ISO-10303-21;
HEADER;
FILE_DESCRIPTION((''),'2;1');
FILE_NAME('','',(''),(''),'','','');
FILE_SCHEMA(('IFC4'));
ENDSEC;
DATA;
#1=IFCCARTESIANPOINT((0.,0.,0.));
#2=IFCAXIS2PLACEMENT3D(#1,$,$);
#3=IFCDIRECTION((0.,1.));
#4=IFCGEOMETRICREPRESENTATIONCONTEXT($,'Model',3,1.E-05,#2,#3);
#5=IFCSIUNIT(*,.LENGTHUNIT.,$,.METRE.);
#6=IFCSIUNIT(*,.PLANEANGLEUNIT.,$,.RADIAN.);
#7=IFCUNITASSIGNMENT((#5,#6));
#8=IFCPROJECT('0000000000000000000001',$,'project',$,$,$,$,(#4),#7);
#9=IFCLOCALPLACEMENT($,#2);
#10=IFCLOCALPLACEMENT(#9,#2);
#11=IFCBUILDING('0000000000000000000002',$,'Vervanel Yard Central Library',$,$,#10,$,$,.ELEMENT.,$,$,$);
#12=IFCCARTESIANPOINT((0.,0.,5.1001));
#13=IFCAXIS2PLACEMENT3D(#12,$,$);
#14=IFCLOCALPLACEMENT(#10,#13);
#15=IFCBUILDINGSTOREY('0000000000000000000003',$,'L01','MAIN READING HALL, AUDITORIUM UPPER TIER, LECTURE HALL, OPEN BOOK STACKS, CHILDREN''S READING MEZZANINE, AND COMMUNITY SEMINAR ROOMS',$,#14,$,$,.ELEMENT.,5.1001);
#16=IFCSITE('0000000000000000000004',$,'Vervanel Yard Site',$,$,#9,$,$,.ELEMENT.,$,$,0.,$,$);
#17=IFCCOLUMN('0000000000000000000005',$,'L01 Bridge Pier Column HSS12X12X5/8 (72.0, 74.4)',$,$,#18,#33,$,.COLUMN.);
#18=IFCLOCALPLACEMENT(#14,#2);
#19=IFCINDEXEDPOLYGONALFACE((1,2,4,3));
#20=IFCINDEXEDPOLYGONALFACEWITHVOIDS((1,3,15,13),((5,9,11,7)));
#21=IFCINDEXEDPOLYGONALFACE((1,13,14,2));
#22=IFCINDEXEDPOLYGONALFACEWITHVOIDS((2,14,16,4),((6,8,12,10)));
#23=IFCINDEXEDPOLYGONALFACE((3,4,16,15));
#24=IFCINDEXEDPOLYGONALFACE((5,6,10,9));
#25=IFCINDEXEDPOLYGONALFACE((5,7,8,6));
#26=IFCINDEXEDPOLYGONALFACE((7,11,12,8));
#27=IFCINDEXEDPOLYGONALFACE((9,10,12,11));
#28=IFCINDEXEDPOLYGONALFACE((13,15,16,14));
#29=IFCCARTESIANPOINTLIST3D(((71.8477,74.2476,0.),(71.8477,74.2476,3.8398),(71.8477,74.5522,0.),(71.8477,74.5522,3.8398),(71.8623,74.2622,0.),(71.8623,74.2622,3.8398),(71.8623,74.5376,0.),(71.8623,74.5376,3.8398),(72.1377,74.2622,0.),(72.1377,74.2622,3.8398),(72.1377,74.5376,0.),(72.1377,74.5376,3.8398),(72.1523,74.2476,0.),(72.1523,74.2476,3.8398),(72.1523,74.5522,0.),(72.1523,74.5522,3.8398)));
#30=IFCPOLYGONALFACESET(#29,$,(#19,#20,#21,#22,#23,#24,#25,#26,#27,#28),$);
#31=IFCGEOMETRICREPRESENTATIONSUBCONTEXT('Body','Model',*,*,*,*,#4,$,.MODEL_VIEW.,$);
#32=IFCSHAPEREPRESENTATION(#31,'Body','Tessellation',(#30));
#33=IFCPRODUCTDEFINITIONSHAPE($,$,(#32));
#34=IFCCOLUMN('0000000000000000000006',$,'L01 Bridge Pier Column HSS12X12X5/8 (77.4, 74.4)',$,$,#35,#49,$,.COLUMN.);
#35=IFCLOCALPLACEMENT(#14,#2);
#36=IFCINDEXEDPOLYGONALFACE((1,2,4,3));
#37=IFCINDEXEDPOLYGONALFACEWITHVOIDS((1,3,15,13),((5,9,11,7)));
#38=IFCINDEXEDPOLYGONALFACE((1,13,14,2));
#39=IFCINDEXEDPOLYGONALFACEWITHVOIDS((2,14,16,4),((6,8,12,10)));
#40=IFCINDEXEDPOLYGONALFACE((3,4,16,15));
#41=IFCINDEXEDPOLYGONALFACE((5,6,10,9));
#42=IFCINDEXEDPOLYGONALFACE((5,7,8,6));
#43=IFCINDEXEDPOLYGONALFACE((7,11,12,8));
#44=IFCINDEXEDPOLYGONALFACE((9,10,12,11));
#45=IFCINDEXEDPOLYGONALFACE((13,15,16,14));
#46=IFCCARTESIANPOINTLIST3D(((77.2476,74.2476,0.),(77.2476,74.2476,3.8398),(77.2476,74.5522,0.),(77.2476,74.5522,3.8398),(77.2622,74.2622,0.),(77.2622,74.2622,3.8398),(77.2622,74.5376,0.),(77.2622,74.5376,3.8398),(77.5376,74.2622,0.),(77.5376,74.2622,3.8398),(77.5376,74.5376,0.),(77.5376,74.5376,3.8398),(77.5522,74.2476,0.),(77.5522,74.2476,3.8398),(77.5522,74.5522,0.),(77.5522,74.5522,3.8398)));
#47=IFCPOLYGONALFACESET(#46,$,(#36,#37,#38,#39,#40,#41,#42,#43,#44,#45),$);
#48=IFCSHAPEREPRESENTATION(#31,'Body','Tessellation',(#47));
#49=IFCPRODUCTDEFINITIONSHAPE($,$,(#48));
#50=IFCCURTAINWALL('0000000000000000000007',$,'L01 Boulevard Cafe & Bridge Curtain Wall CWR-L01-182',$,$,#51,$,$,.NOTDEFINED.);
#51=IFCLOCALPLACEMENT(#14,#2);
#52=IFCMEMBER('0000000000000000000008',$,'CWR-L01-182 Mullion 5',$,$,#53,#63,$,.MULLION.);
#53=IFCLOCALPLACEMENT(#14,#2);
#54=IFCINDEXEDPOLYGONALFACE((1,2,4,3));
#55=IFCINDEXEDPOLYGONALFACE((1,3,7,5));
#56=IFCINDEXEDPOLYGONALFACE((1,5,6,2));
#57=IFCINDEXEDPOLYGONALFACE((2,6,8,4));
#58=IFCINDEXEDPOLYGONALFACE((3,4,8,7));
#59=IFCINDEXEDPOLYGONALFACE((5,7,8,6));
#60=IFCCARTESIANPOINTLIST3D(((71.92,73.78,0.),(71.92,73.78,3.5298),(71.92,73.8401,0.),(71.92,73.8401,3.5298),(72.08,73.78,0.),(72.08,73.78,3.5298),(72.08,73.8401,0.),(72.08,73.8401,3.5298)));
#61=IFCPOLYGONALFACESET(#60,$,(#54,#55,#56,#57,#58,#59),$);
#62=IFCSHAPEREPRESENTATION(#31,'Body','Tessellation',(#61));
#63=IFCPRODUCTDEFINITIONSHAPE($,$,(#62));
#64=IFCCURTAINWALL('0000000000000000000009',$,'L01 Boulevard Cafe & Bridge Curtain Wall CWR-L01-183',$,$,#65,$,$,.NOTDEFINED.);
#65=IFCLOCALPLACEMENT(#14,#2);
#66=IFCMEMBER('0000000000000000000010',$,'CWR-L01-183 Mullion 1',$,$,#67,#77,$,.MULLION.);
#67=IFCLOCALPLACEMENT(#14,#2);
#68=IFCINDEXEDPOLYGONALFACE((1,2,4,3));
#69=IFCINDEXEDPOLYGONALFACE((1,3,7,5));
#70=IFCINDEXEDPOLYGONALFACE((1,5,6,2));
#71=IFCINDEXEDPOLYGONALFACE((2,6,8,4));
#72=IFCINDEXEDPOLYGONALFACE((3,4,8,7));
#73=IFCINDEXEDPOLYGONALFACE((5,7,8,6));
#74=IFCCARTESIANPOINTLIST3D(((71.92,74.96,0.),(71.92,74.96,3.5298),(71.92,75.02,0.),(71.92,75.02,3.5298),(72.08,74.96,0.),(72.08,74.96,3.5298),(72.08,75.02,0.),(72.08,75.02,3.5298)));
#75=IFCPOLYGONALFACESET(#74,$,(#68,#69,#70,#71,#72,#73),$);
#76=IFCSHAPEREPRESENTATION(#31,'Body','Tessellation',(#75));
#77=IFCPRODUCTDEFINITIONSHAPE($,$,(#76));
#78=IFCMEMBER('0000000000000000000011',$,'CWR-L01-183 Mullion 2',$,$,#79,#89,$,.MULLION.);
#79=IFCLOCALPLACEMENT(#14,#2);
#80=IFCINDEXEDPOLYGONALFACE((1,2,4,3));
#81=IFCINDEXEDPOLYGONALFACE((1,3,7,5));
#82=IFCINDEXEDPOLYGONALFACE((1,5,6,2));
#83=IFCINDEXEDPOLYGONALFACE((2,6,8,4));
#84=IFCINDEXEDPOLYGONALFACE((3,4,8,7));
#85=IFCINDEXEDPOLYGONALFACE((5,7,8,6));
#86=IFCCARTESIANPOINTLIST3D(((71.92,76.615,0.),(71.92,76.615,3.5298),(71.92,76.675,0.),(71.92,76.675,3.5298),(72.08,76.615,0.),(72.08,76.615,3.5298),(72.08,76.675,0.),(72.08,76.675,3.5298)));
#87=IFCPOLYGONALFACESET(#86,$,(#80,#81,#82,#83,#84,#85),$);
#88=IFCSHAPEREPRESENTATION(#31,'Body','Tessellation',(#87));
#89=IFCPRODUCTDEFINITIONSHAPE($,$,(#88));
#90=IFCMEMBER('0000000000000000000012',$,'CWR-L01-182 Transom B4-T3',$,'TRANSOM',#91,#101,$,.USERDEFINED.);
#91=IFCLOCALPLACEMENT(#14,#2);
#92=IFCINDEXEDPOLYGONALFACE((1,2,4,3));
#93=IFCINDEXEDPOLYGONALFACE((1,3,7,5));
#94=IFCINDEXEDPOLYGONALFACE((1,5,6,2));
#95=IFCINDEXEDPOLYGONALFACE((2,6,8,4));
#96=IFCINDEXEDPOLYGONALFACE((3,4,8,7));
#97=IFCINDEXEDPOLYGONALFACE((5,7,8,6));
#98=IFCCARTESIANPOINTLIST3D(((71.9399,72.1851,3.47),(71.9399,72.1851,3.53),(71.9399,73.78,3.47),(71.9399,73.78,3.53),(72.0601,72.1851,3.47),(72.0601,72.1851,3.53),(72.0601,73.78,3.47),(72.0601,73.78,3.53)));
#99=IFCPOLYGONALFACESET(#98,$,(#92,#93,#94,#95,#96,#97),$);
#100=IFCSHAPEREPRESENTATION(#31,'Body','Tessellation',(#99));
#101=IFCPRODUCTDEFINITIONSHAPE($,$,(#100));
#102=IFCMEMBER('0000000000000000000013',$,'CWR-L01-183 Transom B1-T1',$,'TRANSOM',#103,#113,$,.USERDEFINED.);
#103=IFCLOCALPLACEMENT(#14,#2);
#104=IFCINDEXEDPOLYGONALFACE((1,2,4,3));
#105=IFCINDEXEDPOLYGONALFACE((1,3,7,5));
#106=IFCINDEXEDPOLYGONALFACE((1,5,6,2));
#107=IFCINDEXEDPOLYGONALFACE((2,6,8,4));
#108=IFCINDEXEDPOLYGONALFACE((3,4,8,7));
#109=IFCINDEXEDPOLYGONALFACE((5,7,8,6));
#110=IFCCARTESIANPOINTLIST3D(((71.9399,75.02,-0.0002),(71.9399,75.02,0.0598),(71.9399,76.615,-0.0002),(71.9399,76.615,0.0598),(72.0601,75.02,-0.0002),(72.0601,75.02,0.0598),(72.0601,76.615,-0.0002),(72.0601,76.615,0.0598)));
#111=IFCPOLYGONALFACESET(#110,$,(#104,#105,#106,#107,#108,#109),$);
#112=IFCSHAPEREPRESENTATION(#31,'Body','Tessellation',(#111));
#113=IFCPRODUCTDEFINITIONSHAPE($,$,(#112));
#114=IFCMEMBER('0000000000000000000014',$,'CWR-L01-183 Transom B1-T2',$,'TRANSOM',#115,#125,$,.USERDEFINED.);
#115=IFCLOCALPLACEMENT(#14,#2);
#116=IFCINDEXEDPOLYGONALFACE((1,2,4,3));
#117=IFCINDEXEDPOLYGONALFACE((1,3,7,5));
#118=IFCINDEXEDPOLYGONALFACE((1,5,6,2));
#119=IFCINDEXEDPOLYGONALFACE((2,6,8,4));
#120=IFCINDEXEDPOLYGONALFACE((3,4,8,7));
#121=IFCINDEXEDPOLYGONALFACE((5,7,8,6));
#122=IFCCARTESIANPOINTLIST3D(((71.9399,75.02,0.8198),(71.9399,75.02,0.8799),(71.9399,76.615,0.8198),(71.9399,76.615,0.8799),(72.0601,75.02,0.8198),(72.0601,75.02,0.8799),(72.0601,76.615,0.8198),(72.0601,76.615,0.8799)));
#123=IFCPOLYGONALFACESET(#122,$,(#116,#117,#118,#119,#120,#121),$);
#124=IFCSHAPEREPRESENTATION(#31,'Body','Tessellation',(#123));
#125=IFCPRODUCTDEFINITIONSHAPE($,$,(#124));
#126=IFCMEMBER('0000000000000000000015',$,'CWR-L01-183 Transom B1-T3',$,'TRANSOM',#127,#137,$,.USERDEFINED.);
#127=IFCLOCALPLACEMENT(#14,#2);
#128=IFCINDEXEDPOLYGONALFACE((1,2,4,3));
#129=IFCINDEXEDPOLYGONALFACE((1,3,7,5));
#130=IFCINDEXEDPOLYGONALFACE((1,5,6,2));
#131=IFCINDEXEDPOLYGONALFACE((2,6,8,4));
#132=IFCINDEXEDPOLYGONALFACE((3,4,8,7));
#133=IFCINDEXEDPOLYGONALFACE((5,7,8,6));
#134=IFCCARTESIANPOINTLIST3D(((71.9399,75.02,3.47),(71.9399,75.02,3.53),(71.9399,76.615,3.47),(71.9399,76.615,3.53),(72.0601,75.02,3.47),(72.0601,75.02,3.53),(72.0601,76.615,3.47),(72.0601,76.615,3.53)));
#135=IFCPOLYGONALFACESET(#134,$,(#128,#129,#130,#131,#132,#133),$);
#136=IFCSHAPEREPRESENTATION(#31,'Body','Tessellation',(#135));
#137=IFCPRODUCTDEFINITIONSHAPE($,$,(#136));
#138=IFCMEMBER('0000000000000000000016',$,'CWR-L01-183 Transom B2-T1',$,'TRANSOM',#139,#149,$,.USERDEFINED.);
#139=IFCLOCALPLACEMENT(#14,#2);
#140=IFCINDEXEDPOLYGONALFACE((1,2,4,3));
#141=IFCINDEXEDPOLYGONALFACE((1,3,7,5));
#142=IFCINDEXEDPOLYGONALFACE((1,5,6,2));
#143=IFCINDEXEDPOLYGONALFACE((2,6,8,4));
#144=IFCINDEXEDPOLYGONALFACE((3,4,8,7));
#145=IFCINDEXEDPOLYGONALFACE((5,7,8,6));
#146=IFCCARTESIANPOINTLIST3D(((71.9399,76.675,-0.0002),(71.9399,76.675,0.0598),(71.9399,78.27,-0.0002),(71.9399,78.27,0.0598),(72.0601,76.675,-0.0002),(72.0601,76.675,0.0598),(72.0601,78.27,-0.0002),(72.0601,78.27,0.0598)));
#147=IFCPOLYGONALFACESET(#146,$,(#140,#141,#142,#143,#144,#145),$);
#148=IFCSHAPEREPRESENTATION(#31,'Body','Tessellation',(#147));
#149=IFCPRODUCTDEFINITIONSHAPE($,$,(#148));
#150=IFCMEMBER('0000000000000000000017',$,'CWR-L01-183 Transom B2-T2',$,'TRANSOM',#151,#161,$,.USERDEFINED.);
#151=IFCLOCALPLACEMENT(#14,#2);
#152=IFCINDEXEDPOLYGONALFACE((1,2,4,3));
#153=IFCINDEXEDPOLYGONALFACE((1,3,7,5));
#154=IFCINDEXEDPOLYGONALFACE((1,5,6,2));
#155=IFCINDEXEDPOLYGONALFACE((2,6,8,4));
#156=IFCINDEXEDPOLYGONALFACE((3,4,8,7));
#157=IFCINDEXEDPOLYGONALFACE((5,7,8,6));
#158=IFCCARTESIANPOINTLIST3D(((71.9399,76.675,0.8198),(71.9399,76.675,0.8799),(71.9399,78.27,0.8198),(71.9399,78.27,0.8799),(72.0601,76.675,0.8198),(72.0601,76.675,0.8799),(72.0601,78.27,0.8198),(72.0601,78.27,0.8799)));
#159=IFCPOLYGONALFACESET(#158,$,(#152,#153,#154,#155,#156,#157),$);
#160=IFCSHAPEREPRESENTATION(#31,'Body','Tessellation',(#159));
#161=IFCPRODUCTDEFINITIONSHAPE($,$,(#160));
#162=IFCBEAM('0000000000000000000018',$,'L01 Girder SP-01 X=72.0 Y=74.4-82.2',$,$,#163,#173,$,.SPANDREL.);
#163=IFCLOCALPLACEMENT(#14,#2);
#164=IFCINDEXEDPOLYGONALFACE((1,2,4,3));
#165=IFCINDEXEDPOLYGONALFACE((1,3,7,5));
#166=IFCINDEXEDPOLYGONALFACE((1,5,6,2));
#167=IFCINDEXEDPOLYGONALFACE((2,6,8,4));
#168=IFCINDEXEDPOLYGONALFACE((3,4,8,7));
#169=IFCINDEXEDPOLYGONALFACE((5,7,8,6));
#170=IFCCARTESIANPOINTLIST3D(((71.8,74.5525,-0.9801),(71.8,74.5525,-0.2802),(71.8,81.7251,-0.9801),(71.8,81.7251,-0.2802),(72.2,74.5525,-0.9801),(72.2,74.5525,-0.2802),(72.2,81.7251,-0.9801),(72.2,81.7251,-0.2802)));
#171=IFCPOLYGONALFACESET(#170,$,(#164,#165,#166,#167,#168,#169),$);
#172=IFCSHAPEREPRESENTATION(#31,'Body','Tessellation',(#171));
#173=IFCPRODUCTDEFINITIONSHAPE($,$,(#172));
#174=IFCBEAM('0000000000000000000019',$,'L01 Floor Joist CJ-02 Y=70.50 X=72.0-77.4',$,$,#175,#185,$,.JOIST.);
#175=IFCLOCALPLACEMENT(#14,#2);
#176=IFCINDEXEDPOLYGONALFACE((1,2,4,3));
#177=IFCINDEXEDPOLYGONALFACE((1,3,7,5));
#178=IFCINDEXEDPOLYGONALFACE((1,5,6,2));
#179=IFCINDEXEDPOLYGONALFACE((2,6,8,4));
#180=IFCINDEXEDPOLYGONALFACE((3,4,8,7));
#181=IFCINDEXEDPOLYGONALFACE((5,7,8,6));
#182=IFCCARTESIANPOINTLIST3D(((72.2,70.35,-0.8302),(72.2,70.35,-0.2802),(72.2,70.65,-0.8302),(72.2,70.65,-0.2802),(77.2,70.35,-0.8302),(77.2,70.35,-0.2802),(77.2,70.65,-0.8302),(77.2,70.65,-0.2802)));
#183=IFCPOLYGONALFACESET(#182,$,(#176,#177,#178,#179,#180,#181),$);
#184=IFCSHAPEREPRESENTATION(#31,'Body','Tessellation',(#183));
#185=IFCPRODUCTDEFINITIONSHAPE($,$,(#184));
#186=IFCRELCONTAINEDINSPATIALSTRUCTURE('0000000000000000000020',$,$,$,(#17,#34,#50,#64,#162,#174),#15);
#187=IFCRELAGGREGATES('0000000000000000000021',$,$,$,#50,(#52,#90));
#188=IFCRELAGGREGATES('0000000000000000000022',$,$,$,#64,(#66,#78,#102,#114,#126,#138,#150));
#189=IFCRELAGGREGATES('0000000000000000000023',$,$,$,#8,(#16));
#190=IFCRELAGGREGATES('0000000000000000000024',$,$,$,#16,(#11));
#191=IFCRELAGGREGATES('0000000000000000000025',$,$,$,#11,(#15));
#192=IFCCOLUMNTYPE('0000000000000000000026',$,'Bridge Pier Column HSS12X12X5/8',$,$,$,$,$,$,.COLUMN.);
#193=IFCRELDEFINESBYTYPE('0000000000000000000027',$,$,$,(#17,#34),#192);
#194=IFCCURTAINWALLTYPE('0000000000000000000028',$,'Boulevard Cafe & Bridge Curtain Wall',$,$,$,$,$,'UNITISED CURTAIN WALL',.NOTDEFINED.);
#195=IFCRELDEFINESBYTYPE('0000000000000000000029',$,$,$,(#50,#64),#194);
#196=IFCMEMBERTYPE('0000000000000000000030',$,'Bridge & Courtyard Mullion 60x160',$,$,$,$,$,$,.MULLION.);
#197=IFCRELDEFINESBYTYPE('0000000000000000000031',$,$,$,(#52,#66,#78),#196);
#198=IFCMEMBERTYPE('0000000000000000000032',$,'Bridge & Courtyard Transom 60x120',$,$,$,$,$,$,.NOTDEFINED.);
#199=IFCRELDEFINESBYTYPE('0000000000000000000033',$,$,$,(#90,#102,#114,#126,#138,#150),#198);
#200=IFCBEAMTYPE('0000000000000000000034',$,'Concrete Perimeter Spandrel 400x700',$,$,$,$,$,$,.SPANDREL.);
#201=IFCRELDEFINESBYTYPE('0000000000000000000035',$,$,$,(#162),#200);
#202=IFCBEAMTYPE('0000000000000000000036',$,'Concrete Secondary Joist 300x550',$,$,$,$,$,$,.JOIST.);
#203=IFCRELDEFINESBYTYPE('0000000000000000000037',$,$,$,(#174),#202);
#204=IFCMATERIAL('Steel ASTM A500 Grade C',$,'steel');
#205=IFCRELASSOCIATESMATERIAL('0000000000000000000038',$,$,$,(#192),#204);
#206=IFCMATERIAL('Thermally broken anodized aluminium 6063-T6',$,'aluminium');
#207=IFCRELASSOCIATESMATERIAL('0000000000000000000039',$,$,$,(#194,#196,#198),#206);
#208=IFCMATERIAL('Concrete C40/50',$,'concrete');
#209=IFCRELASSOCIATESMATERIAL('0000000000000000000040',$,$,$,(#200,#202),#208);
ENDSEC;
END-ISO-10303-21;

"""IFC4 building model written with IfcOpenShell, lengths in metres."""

from ifc_helpers import new_model, si_unit, direction, frame, origin, origin_2d, place, context, subcontext, project, spatial, rectangle, hollow_rectangle, extrude, material, material_profile, profile_set, type_object, element, aggregate, save


model = new_model("IFC4")

# Units and contexts
model_context = context("Model", 3, precision=1e-05, world=origin(), true_north=direction((0.0, 1.0)))
body_context = subcontext(model_context, "Body", "Model", "MODEL_VIEW")
ifc_project = project(units=[si_unit("LENGTHUNIT", "METRE"), si_unit("PLANEANGLEUNIT", "RADIAN")], contexts=[model_context])

# Site, building, storey
site_placement = place(None, origin())
site = spatial("IfcSite", under=ifc_project, at=site_placement, Name="Vervanel Yard Site", CompositionType="ELEMENT", RefElevation=0.0)
building_placement = place(site_placement, origin())
building = spatial("IfcBuilding", under=site, at=building_placement, Name="Vervanel Yard Central Library", CompositionType="ELEMENT")
storey_placement = place(building_placement, frame((0.0, 0.0, 5.1001)))
storey = spatial("IfcBuildingStorey", under=building, at=storey_placement, Name="L01", Description="MAIN READING HALL, AUDITORIUM UPPER TIER, LECTURE HALL, OPEN BOOK STACKS, CHILDREN'S READING MEZZANINE, AND COMMUNITY SEMINAR ROOMS", CompositionType="ELEMENT", Elevation=5.1001)

# Columns
ifc_material_1 = material(Name="Steel ASTM A500 Grade C", Category="steel")
ifc_material_profile_1 = material_profile(ifc_material_1, hollow_rectangle(XDim=0.3047, YDim=0.3047, WallThickness=0.0146, at=origin_2d()), Name="HSS12X12X5/8", Category="steel")
ifc_profile_set_1 = profile_set([ifc_material_profile_1], Name="Steel ASTM A500 Grade C")
column_type = type_object("IfcColumnType", Name="Bridge Pier Column HSS12X12X5/8", PredefinedType="COLUMN", material=ifc_profile_set_1)
for number, where, z_axis, x_axis, name in (
    (1, (72.0, 74.3999, 0.0), (0.0, 0.0, 1.0), (1.0, 0.0, 0.0), "L01 Bridge Pier Column HSS12X12X5/8 (72.0, 74.4)"),
    (2, (77.3999, 74.3999, 0.0), (0.0, 0.0, 1.0), (1.0, 0.0, 0.0), "L01 Bridge Pier Column HSS12X12X5/8 (77.4, 74.4)"),
):
    element("IfcColumn", number, at=place(storey_placement, frame(where, z_axis=z_axis, x_axis=x_axis)), inside=storey, type_object=column_type, Name=name, PredefinedType="COLUMN", context=body_context, shape_type="SweptSolid", body=[
        extrude(hollow_rectangle(XDim=0.3047, YDim=0.3047, WallThickness=0.0146, at=origin_2d()), origin(), (0.0, 0.0, 1.0), 3.8398),
    ])

# Curtain wall, member
ifc_material_2 = material(Name="Thermally broken anodized aluminium 6063-T6", Category="aluminium")
curtain_wall_type = type_object("IfcCurtainWallType", Name="Boulevard Cafe & Bridge Curtain Wall", ElementType="UNITISED CURTAIN WALL", PredefinedType="NOTDEFINED", material=ifc_material_2)
curtain_wall_1_placement = place(storey_placement, origin())
curtain_wall_1 = element("IfcCurtainWall", 3, at=curtain_wall_1_placement, inside=storey, type_object=curtain_wall_type, Name="L01 Boulevard Cafe & Bridge Curtain Wall CWR-L01-182", PredefinedType="NOTDEFINED")
ifc_material_profile_2 = material_profile(ifc_material_2, rectangle(XDim=0.0601, YDim=0.1599, at=origin_2d()), Name="ALU 60x160", Category="aluminium")
ifc_profile_set_2 = profile_set([ifc_material_profile_2], Name="Thermally broken anodized aluminium 6063-T6")
member_type_1 = type_object("IfcMemberType", Name="Bridge & Courtyard Mullion 60x160", PredefinedType="MULLION", material=ifc_profile_set_2)
member_1_placement = place(storey_placement, frame((72.0, 73.8101, 0.0), z_axis=(0.0, 0.0, 1.0), x_axis=(0.0, 1.0, 0.0)))
member_1 = element("IfcMember", 4, at=member_1_placement, type_object=member_type_1, Name="CWR-L01-182 Mullion 5", PredefinedType="MULLION", context=body_context, shape_type="SweptSolid", body=[
    extrude(rectangle(XDim=0.0601, YDim=0.1599, at=origin_2d()), origin(), (0.0, 0.0, 1.0), 3.5298),
])

# Curtain wall, members
curtain_wall_2_placement = place(storey_placement, origin())
curtain_wall_2 = element("IfcCurtainWall", 5, at=curtain_wall_2_placement, inside=storey, type_object=curtain_wall_type, Name="L01 Boulevard Cafe & Bridge Curtain Wall CWR-L01-183", PredefinedType="NOTDEFINED")
member_2_placement = place(storey_placement, frame((72.0, 74.99, 0.0), z_axis=(0.0, 0.0, 1.0), x_axis=(0.0, 1.0, 0.0)))
member_2 = element("IfcMember", 6, at=member_2_placement, type_object=member_type_1, Name="CWR-L01-183 Mullion 1", PredefinedType="MULLION", context=body_context, shape_type="SweptSolid", body=[
    extrude(rectangle(XDim=0.0601, YDim=0.1599, at=origin_2d()), origin(), (0.0, 0.0, 1.0), 3.5298),
])
member_3_placement = place(storey_placement, frame((72.0, 76.645, 0.0), z_axis=(0.0, 0.0, 1.0), x_axis=(0.0, 1.0, 0.0)))
member_3 = element("IfcMember", 7, at=member_3_placement, type_object=member_type_1, Name="CWR-L01-183 Mullion 2", PredefinedType="MULLION", context=body_context, shape_type="SweptSolid", body=[
    extrude(rectangle(XDim=0.0601, YDim=0.1599, at=origin_2d()), origin(), (0.0, 0.0, 1.0), 3.5298),
])

# Members
ifc_material_profile_3 = material_profile(ifc_material_2, rectangle(XDim=0.0601, YDim=0.1201, at=origin_2d()), Name="ALU 60x120", Category="aluminium")
ifc_profile_set_3 = profile_set([ifc_material_profile_3], Name="Thermally broken anodized aluminium 6063-T6")
member_type_2 = type_object("IfcMemberType", Name="Bridge & Courtyard Transom 60x120", PredefinedType="NOTDEFINED", material=ifc_profile_set_3)
member_4_placement = place(storey_placement, frame((72.0, 72.1851, 3.5), z_axis=(0.0, 1.0, 0.0), x_axis=(0.0, 0.0, 1.0)))
member_4 = element("IfcMember", 8, at=member_4_placement, type_object=member_type_2, Name="CWR-L01-182 Transom B4-T3", ObjectType="TRANSOM", PredefinedType="USERDEFINED", context=body_context, shape_type="SweptSolid", body=[
    extrude(rectangle(XDim=0.0601, YDim=0.1201, at=origin_2d()), origin(), (0.0, 0.0, 1.0), 1.595),
])
member_5_placement = place(storey_placement, frame((72.0, 75.02, 0.0298), z_axis=(0.0, 1.0, 0.0), x_axis=(0.0, 0.0, 1.0)))
member_5 = element("IfcMember", 9, at=member_5_placement, type_object=member_type_2, Name="CWR-L01-183 Transom B1-T1", ObjectType="TRANSOM", PredefinedType="USERDEFINED", context=body_context, shape_type="SweptSolid", body=[
    extrude(rectangle(XDim=0.0601, YDim=0.1201, at=origin_2d()), origin(), (0.0, 0.0, 1.0), 1.595),
])
member_6_placement = place(storey_placement, frame((72.0, 75.02, 0.8499), z_axis=(0.0, 1.0, 0.0), x_axis=(0.0, 0.0, 1.0)))
member_6 = element("IfcMember", 10, at=member_6_placement, type_object=member_type_2, Name="CWR-L01-183 Transom B1-T2", ObjectType="TRANSOM", PredefinedType="USERDEFINED", context=body_context, shape_type="SweptSolid", body=[
    extrude(rectangle(XDim=0.0601, YDim=0.1201, at=origin_2d()), origin(), (0.0, 0.0, 1.0), 1.595),
])
member_7_placement = place(storey_placement, frame((72.0, 75.02, 3.5), z_axis=(0.0, 1.0, 0.0), x_axis=(0.0, 0.0, 1.0)))
member_7 = element("IfcMember", 11, at=member_7_placement, type_object=member_type_2, Name="CWR-L01-183 Transom B1-T3", ObjectType="TRANSOM", PredefinedType="USERDEFINED", context=body_context, shape_type="SweptSolid", body=[
    extrude(rectangle(XDim=0.0601, YDim=0.1201, at=origin_2d()), origin(), (0.0, 0.0, 1.0), 1.595),
])
member_8_placement = place(storey_placement, frame((72.0, 76.675, 0.0298), z_axis=(0.0, 1.0, 0.0), x_axis=(0.0, 0.0, 1.0)))
member_8 = element("IfcMember", 12, at=member_8_placement, type_object=member_type_2, Name="CWR-L01-183 Transom B2-T1", ObjectType="TRANSOM", PredefinedType="USERDEFINED", context=body_context, shape_type="SweptSolid", body=[
    extrude(rectangle(XDim=0.0601, YDim=0.1201, at=origin_2d()), origin(), (0.0, 0.0, 1.0), 1.595),
])
member_9_placement = place(storey_placement, frame((72.0, 76.675, 0.8499), z_axis=(0.0, 1.0, 0.0), x_axis=(0.0, 0.0, 1.0)))
member_9 = element("IfcMember", 13, at=member_9_placement, type_object=member_type_2, Name="CWR-L01-183 Transom B2-T2", ObjectType="TRANSOM", PredefinedType="USERDEFINED", context=body_context, shape_type="SweptSolid", body=[
    extrude(rectangle(XDim=0.0601, YDim=0.1201, at=origin_2d()), origin(), (0.0, 0.0, 1.0), 1.595),
])

# Beams
ifc_material_3 = material(Name="Concrete C40/50", Category="concrete")
ifc_material_profile_4 = material_profile(ifc_material_3, rectangle(XDim=0.3999, YDim=0.7, at=origin_2d()), Name="RC 400x700", Category="concrete")
ifc_profile_set_4 = profile_set([ifc_material_profile_4], Name="Concrete C40/50")
beam_type_1 = type_object("IfcBeamType", Name="Concrete Perimeter Spandrel 400x700", PredefinedType="SPANDREL", material=ifc_profile_set_4)
beam_1_placement = place(storey_placement, frame((72.0, 74.5525, -0.6301), z_axis=(0.0, 1.0, 0.0), x_axis=(-1.0, 0.0, 0.0)))
element("IfcBeam", 14, at=beam_1_placement, inside=storey, type_object=beam_type_1, Name="L01 Girder SP-01 X=72.0 Y=74.4-82.2", PredefinedType="SPANDREL", context=body_context, shape_type="SweptSolid", body=[
    extrude(rectangle(XDim=0.3999, YDim=0.7, at=origin_2d()), origin(), (0.0, 0.0, 1.0), 7.1726),
])
ifc_material_profile_5 = material_profile(ifc_material_3, rectangle(XDim=0.3, YDim=0.55, at=origin_2d()), Name="RC 300x550", Category="concrete")
ifc_profile_set_5 = profile_set([ifc_material_profile_5], Name="Concrete C40/50")
beam_type_2 = type_object("IfcBeamType", Name="Concrete Secondary Joist 300x550", PredefinedType="JOIST", material=ifc_profile_set_5)
beam_2_placement = place(storey_placement, frame((72.2, 70.5, -0.5552), z_axis=(1.0, 0.0, 0.0), x_axis=(0.0, 1.0, 0.0)))
element("IfcBeam", 15, at=beam_2_placement, inside=storey, type_object=beam_type_2, Name="L01 Floor Joist CJ-02 Y=70.50 X=72.0-77.4", PredefinedType="JOIST", context=body_context, shape_type="SweptSolid", body=[
    extrude(rectangle(XDim=0.3, YDim=0.55, at=origin_2d()), origin(), (0.0, 0.0, 1.0), 5.0),
])

aggregate(curtain_wall_1, [member_1, member_4])
aggregate(curtain_wall_2, [member_2, member_3, member_5, member_6, member_7, member_8, member_9])

save(model, "model.ifc")
